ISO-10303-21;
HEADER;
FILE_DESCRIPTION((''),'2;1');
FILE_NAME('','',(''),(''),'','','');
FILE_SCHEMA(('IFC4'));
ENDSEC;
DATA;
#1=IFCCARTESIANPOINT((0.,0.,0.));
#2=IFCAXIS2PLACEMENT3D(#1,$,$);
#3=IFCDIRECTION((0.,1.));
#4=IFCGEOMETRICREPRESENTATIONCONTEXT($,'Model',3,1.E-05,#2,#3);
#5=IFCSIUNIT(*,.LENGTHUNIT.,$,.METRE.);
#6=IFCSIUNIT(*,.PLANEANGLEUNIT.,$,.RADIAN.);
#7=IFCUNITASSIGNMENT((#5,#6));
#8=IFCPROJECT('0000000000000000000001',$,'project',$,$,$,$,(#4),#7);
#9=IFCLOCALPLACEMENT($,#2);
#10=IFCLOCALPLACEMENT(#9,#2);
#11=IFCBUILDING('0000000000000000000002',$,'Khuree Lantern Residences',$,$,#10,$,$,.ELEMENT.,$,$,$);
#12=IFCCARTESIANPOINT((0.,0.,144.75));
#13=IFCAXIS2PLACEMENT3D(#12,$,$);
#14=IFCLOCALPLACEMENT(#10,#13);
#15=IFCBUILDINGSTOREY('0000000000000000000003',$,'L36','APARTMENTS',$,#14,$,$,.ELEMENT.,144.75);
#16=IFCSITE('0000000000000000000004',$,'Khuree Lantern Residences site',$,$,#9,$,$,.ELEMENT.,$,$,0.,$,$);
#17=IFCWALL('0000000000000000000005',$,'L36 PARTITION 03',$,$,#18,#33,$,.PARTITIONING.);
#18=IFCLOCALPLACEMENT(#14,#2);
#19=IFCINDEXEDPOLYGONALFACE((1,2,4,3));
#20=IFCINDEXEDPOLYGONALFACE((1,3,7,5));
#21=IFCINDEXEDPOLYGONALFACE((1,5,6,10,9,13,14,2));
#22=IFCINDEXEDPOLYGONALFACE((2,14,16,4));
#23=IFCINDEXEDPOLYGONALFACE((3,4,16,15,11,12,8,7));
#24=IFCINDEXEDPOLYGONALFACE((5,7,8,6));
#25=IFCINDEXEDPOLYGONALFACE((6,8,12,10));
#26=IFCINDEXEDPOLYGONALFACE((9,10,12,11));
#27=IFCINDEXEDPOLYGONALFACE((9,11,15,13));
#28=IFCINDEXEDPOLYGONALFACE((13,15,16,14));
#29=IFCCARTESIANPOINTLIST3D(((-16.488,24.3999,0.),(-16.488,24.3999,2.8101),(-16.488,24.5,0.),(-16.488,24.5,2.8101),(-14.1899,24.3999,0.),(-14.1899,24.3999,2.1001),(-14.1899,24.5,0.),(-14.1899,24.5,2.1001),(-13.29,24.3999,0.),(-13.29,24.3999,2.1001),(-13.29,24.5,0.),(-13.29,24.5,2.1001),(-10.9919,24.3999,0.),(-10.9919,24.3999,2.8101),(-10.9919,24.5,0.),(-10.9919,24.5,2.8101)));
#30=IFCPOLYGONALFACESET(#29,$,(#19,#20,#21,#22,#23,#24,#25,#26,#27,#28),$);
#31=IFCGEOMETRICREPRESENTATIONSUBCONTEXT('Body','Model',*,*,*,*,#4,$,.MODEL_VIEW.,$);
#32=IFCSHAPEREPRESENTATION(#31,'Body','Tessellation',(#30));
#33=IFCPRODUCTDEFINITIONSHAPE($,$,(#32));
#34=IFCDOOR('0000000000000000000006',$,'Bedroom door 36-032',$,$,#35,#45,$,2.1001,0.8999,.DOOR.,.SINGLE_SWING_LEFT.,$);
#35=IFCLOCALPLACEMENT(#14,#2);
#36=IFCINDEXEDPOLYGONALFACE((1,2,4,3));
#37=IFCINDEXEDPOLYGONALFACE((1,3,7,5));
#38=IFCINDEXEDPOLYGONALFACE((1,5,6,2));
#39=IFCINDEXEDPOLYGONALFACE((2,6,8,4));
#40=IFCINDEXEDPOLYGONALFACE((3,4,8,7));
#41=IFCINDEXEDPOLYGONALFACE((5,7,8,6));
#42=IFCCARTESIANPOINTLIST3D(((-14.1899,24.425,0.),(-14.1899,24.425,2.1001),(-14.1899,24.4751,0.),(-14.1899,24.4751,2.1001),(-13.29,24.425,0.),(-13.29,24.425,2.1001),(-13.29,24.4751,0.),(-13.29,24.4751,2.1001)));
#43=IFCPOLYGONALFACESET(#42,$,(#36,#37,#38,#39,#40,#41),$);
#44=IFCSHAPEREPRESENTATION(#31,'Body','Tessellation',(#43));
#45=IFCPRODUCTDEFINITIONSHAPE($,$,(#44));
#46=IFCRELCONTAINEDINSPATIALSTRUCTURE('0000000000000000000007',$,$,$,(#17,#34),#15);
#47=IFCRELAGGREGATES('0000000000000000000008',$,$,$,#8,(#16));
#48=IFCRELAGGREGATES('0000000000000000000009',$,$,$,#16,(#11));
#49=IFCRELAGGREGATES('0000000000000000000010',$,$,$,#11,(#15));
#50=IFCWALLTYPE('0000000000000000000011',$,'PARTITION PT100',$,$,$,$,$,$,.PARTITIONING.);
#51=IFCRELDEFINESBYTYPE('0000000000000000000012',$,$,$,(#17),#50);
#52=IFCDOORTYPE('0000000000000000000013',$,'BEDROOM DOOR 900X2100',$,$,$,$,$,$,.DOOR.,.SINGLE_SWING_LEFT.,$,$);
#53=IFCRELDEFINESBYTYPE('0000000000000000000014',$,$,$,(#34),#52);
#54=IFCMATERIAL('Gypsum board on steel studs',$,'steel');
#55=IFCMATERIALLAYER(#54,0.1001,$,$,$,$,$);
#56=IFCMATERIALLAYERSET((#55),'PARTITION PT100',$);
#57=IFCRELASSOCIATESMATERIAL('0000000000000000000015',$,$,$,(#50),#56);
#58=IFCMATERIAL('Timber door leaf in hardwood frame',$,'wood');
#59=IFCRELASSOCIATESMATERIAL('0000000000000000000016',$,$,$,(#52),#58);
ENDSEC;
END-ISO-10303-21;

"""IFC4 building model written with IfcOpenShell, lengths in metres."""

from ifc_helpers import new_model, si_unit, direction, frame, frame_2d, origin, place, context, subcontext, project, spatial, rectangle, extrude, material, layer, layer_set, type_object, element, fill, save


model = new_model("IFC4")

# Units and contexts
model_context = context("Model", 3, precision=1e-05, world=origin(), true_north=direction((0.0, 1.0)))
body_context = subcontext(model_context, "Body", "Model", "MODEL_VIEW")
ifc_project = project(units=[si_unit("LENGTHUNIT", "METRE"), si_unit("PLANEANGLEUNIT", "RADIAN")], contexts=[model_context])

# Site, building, storey
site_placement = place(None, origin())
site = spatial("IfcSite", under=ifc_project, at=site_placement, Name="Khuree Lantern Residences site", CompositionType="ELEMENT", RefElevation=0.0)
building_placement = place(site_placement, origin())
building = spatial("IfcBuilding", under=site, at=building_placement, Name="Khuree Lantern Residences", CompositionType="ELEMENT")
storey_placement = place(building_placement, frame((0.0, 0.0, 144.75)))
storey = spatial("IfcBuildingStorey", under=building, at=storey_placement, Name="L36", Description="APARTMENTS", CompositionType="ELEMENT", Elevation=144.75)

# Shared definitions
ifc_material_1 = material(Name="Gypsum board on steel studs", Category="steel")
ifc_layer_1 = layer(ifc_material_1, 0.1001)
ifc_layer_set_1 = layer_set([ifc_layer_1], Name="PARTITION PT100")
wall_type = type_object("IfcWallType", Name="PARTITION PT100", PredefinedType="PARTITIONING", material=ifc_layer_set_1)

# Wall, opening, door
ifc_material_2 = material(Name="Timber door leaf in hardwood frame", Category="wood")
door_type = type_object("IfcDoorType", Name="BEDROOM DOOR 900X2100", OperationType="SINGLE_SWING_LEFT", PredefinedType="DOOR", material=ifc_material_2)
wall_1_placement = place(storey_placement, frame((-10.9919, 24.45, 0.0), z_axis=(0.0, 0.0, 1.0), x_axis=(-1.0, 0.0, 0.0)))
wall_1 = element("IfcWall", 1, at=wall_1_placement, inside=storey, type_object=wall_type, Name="L36 PARTITION 03", PredefinedType="PARTITIONING", context=body_context, shape_type="SweptSolid", body=[
    extrude(rectangle(XDim=5.4961, YDim=0.1001, at=frame_2d((2.748, 0.0))), origin(), (0.0, 0.0, 1.0), 2.8101),
])
opening_1_placement = place(wall_1_placement, frame((2.2981, 0.0, 0.0)))
opening_1 = element("IfcOpeningElement", 2, at=opening_1_placement, cuts=wall_1, PredefinedType="OPENING", context=body_context, shape_type="SweptSolid", body=[
    extrude(rectangle(XDim=0.8999, YDim=2.1001, at=frame_2d((0.45, 1.05))), frame((0.0, 0.0601, 0.0), z_axis=(0.0, -1.0, 0.0), x_axis=(1.0, 0.0, 0.0)), (0.0, 0.0, 1.0), 0.1201),
])
door_1_placement = place(opening_1_placement, origin())
door_1 = element("IfcDoor", 3, at=door_1_placement, inside=storey, type_object=door_type, Name="Bedroom door 36-032", OperationType="SINGLE_SWING_LEFT", OverallHeight=2.1001, OverallWidth=0.8999, PredefinedType="DOOR", context=body_context, shape_type="SweptSolid", body=[
    extrude(rectangle(XDim=0.8999, YDim=2.1001, at=frame_2d((0.45, 1.05))), frame((0.0, 0.0249, 0.0), z_axis=(0.0, -1.0, 0.0), x_axis=(1.0, 0.0, 0.0)), (0.0, 0.0, 1.0), 0.05),
])
fill(opening_1, door_1)

save(model, "model.ifc")
